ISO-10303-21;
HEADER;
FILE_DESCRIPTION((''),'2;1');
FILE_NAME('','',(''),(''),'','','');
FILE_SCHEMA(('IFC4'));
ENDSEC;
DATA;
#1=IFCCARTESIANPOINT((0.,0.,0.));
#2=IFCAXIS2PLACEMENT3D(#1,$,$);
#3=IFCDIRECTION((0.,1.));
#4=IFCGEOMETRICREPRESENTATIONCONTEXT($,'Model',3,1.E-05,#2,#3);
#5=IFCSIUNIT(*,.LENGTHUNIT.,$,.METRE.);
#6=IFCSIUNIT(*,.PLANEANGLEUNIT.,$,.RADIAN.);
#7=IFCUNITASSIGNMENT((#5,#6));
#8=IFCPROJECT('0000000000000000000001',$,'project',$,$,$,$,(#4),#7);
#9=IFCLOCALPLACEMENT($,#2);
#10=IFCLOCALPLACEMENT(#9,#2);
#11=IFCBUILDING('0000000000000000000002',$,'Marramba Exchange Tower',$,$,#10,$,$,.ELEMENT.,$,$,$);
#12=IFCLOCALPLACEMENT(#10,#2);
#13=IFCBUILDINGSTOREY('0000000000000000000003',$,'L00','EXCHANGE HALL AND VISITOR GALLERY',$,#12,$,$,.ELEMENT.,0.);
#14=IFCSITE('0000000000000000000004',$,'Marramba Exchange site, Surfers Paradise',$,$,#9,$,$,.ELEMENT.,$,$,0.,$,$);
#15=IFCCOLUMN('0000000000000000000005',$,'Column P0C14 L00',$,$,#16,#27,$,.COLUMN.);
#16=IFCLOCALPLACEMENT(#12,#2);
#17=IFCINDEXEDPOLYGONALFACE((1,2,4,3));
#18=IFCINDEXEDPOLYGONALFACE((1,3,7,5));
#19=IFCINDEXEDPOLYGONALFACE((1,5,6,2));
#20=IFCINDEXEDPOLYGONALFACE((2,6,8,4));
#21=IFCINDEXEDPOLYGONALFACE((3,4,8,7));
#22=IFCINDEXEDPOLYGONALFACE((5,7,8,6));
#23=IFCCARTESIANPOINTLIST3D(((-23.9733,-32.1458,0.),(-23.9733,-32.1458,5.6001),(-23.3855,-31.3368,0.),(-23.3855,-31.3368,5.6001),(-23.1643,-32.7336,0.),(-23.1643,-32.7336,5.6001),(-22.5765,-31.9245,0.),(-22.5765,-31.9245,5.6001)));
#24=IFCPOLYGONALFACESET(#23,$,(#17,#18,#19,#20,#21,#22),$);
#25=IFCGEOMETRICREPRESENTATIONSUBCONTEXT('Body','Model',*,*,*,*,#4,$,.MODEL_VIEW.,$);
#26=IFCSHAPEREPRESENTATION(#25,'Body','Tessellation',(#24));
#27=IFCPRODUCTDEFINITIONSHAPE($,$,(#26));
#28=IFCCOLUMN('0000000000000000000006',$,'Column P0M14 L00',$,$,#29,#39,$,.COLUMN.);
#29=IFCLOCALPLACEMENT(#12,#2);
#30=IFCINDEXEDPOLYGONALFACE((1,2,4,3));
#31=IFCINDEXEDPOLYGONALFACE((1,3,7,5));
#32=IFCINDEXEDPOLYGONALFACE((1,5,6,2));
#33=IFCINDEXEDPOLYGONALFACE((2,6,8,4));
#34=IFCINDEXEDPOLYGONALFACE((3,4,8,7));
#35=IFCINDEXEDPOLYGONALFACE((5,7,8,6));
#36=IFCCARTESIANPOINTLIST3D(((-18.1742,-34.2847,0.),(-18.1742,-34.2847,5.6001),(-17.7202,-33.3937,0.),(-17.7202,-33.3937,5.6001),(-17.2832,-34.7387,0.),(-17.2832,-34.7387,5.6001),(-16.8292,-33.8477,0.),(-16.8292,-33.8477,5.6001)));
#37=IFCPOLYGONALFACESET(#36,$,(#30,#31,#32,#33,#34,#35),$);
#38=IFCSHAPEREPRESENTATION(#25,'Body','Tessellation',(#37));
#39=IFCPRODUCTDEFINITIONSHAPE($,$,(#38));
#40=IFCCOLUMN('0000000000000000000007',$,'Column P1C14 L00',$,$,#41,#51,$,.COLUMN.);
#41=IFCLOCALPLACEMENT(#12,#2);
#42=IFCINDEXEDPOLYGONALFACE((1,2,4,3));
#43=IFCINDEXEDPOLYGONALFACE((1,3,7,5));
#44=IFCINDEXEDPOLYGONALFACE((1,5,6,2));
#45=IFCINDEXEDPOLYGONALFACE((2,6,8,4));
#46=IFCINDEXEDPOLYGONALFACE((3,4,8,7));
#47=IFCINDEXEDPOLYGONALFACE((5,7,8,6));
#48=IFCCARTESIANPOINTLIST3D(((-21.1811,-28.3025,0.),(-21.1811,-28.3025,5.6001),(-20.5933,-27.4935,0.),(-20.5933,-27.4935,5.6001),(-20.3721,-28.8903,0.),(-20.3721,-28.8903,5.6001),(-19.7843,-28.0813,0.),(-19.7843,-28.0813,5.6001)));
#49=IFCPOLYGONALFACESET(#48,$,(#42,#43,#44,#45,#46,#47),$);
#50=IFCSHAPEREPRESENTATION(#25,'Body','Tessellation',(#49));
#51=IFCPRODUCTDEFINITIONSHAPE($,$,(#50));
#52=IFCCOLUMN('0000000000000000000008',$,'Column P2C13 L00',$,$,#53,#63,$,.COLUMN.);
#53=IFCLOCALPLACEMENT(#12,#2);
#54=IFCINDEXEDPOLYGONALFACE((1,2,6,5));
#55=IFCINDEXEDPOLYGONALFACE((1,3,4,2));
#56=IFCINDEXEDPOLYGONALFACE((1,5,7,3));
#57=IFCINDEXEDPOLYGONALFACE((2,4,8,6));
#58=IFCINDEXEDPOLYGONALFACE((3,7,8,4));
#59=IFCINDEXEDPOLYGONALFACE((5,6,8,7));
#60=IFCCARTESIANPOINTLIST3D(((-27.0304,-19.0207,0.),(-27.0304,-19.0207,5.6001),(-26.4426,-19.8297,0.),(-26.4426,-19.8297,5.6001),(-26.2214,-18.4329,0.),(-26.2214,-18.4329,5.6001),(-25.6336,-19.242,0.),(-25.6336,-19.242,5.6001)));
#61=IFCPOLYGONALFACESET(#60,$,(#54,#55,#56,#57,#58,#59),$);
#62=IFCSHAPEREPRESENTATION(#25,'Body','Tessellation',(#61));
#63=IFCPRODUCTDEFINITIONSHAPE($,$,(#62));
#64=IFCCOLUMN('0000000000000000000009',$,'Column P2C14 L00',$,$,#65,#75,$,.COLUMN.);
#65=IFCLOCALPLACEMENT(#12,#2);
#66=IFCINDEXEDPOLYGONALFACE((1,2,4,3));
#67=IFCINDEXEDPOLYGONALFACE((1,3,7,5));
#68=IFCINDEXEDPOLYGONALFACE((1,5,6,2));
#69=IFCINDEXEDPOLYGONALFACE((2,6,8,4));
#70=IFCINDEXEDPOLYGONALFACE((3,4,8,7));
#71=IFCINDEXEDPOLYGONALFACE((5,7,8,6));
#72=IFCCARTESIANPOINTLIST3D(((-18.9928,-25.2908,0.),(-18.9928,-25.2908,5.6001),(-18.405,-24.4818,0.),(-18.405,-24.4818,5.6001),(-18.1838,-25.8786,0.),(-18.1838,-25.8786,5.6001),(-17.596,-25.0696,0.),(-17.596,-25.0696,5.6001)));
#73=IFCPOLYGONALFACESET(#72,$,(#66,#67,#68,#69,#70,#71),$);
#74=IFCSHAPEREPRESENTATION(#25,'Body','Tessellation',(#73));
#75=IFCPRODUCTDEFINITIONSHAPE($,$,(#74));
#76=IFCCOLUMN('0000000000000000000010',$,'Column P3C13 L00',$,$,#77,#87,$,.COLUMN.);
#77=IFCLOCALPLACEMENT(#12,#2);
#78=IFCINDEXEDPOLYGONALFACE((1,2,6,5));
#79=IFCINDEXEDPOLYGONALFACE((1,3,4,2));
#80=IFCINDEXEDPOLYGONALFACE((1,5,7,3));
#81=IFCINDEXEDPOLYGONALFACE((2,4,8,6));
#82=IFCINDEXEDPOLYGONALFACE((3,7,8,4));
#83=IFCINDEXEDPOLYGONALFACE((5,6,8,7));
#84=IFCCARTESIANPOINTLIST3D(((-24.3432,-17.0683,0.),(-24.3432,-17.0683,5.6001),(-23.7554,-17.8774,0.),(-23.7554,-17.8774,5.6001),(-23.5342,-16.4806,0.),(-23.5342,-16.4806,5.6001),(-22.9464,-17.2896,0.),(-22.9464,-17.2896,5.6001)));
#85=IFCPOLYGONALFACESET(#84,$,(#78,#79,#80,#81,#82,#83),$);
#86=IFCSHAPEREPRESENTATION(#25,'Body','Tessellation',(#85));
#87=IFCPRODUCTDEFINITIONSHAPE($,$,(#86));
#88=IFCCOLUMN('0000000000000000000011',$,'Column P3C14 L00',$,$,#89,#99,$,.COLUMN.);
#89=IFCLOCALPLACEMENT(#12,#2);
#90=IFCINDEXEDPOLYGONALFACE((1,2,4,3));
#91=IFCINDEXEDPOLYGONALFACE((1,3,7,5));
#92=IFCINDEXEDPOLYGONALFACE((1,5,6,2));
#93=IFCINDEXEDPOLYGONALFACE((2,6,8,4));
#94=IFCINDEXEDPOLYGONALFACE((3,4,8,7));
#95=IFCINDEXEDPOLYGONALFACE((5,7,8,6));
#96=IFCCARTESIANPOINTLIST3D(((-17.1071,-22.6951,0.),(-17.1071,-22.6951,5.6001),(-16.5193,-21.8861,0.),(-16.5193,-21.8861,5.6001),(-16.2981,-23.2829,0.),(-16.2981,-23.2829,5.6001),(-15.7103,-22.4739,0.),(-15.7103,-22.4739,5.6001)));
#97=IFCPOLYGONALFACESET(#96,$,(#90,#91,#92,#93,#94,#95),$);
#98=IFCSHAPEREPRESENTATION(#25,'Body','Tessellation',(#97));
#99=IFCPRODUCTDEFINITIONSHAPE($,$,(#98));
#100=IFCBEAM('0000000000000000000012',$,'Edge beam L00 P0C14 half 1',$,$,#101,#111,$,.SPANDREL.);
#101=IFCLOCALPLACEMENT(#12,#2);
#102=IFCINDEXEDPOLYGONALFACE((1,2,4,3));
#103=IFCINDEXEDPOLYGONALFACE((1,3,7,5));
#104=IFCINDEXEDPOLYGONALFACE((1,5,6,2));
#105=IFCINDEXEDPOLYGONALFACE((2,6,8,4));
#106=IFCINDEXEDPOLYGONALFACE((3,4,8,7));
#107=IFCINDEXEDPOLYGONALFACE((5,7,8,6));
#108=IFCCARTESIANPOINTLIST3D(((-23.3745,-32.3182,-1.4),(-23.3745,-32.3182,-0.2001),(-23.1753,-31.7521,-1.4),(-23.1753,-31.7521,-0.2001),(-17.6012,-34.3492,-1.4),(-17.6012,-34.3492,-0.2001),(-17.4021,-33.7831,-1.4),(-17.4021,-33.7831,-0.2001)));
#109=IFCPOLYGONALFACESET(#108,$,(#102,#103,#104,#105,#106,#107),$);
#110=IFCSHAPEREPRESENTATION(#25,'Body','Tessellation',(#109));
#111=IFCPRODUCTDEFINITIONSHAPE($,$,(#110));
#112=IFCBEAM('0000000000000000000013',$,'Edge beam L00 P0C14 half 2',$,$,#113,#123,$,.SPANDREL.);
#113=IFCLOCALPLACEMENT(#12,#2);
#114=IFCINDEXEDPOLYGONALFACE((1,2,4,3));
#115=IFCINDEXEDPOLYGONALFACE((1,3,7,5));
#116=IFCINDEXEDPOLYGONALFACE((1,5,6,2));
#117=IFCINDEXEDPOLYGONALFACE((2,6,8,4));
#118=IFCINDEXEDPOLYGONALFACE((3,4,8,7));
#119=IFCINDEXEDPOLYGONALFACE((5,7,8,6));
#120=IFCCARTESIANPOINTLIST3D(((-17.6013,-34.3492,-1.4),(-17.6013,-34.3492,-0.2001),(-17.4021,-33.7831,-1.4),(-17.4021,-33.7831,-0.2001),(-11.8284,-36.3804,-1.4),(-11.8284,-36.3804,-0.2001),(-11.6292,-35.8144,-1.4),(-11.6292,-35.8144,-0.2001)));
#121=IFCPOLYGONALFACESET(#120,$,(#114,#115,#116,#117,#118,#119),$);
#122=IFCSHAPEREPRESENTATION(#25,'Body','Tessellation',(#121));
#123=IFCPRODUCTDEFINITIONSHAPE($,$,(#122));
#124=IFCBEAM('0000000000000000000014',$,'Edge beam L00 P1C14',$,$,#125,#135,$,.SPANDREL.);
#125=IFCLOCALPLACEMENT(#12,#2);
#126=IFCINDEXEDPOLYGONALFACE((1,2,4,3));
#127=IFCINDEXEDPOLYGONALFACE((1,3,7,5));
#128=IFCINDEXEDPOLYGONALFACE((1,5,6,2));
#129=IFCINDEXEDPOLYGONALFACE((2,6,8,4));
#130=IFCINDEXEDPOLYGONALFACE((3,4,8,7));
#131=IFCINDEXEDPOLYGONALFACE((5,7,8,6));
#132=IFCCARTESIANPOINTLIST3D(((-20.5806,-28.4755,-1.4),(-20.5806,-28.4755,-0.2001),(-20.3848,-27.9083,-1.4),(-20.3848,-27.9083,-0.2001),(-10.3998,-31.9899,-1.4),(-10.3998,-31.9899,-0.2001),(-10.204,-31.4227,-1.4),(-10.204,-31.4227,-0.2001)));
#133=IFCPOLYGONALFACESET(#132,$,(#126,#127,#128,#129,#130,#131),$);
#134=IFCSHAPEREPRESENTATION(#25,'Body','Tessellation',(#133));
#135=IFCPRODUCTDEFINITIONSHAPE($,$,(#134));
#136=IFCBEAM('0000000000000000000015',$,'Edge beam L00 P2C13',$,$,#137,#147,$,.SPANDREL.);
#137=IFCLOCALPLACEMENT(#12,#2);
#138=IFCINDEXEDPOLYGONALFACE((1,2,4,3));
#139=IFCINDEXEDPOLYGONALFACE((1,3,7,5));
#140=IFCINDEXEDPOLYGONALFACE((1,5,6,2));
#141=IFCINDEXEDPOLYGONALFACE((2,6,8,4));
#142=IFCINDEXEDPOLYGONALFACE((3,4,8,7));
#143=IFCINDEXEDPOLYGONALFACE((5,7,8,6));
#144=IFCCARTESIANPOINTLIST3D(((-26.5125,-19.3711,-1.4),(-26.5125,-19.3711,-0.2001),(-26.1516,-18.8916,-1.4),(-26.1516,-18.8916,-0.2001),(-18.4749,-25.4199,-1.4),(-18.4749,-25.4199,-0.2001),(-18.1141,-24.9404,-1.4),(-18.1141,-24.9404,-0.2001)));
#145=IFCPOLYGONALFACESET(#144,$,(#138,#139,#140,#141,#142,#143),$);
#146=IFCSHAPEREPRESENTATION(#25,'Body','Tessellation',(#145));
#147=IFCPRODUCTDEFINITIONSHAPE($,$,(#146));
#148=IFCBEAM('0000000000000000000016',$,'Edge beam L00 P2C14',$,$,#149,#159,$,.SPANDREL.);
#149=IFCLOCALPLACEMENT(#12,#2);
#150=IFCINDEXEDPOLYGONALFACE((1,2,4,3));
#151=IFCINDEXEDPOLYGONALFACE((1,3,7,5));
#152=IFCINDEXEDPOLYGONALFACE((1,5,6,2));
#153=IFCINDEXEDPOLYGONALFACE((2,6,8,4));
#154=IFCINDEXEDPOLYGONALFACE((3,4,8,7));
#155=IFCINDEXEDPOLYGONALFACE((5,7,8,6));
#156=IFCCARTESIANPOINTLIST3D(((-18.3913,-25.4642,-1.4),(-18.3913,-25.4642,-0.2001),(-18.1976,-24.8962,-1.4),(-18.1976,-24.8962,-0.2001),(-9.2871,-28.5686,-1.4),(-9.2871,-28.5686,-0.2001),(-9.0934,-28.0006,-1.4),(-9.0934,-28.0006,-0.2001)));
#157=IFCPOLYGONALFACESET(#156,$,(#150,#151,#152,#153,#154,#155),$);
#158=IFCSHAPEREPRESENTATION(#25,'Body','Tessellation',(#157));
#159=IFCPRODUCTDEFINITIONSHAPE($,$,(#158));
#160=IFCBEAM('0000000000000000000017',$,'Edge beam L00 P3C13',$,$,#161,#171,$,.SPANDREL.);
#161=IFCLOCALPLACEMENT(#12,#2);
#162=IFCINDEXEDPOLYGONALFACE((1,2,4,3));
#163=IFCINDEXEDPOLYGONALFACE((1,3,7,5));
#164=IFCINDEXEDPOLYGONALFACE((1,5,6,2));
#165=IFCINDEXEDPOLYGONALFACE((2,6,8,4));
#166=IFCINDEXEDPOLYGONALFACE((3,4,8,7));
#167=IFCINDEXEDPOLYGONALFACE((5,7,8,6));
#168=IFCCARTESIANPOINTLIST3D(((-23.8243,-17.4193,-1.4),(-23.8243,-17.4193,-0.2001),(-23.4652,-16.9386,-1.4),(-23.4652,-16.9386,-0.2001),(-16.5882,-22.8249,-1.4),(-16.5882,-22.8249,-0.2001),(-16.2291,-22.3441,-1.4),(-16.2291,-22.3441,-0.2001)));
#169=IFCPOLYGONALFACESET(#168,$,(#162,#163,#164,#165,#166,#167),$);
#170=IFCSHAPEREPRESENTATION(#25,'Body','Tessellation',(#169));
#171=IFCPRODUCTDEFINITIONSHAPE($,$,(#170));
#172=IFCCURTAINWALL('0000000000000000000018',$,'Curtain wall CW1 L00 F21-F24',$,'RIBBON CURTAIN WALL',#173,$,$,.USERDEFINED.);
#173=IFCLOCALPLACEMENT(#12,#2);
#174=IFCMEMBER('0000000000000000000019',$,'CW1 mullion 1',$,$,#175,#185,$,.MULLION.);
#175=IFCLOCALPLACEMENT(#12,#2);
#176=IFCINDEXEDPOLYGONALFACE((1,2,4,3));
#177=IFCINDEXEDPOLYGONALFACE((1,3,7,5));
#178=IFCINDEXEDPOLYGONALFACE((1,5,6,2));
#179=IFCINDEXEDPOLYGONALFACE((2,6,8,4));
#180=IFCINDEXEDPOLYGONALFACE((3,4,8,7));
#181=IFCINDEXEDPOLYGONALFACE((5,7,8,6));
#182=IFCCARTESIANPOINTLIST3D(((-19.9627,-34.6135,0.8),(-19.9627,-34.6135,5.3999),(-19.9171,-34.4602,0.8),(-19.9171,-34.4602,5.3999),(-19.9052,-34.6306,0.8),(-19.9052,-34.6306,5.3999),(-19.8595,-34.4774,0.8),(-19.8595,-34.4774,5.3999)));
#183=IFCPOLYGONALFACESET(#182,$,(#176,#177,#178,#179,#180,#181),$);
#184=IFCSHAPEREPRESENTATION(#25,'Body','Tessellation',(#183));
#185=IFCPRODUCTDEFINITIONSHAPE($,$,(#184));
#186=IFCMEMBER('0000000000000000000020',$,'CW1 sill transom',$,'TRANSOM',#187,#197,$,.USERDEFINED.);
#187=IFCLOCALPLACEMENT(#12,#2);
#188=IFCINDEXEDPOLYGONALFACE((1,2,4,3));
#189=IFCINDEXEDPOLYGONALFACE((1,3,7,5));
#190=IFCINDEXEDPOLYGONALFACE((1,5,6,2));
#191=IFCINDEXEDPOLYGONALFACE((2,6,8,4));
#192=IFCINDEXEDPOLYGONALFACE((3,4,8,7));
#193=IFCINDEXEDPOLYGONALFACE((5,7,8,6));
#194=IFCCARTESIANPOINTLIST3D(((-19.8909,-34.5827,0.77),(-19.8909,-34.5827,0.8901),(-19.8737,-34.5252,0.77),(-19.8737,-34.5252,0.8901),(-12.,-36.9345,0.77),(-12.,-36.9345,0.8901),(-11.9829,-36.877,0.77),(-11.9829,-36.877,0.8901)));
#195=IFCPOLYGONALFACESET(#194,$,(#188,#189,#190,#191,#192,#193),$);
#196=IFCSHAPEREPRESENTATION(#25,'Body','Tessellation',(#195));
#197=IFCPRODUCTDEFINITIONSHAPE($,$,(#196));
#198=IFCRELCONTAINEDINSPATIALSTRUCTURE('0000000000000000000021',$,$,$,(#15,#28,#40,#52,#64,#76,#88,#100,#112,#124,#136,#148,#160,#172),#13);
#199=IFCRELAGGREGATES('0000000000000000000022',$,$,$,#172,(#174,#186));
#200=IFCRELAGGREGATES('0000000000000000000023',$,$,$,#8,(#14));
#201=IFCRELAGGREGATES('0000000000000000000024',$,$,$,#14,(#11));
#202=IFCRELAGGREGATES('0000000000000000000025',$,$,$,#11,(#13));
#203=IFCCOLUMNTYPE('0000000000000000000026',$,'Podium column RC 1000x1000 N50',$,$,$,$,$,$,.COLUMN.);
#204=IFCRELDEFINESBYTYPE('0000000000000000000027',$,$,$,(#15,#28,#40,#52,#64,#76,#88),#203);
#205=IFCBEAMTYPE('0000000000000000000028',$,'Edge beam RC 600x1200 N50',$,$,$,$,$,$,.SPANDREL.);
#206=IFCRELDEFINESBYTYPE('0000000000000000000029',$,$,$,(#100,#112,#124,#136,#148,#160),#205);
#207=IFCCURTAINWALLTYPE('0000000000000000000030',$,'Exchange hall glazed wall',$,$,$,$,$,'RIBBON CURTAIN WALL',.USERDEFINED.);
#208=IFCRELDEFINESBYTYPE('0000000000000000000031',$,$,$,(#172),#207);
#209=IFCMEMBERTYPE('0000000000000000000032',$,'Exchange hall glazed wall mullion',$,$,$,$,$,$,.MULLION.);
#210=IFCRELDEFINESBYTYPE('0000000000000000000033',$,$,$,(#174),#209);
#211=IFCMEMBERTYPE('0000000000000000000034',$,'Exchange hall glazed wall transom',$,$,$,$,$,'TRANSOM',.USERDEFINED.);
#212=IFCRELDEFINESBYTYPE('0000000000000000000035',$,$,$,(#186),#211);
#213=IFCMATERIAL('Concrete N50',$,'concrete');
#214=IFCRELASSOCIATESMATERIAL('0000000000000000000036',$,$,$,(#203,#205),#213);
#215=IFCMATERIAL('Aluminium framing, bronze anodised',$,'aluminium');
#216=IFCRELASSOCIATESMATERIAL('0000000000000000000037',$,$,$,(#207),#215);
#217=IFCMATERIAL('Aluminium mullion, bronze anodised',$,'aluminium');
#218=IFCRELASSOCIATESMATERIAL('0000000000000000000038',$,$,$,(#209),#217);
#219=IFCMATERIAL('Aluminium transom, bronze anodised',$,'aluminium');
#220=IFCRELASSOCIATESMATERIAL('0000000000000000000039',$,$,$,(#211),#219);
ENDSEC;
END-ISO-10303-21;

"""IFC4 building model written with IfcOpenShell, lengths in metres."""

from ifc_helpers import new_model, si_unit, direction, frame, origin, origin_2d, place, context, subcontext, project, spatial, rectangle, extrude, material, material_profile, profile_set, type_object, element, aggregate, save


model = new_model("IFC4")

# Units and contexts
model_context = context("Model", 3, precision=1e-05, world=origin(), true_north=direction((0.0, 1.0)))
body_context = subcontext(model_context, "Body", "Model", "MODEL_VIEW")
ifc_project = project(units=[si_unit("LENGTHUNIT", "METRE"), si_unit("PLANEANGLEUNIT", "RADIAN")], contexts=[model_context])

# Site, building, storey
site_placement = place(None, origin())
site = spatial("IfcSite", under=ifc_project, at=site_placement, Name="Marramba Exchange site, Surfers Paradise", CompositionType="ELEMENT", RefElevation=0.0)
building_placement = place(site_placement, origin())
building = spatial("IfcBuilding", under=site, at=building_placement, Name="Marramba Exchange Tower", CompositionType="ELEMENT")
storey_placement = place(building_placement, origin())
storey = spatial("IfcBuildingStorey", under=building, at=storey_placement, Name="L00", Description="EXCHANGE HALL AND VISITOR GALLERY", CompositionType="ELEMENT", Elevation=0.0)

# Columns
ifc_material_1 = material(Name="Concrete N50", Category="concrete")
ifc_material_profile_1 = material_profile(ifc_material_1, rectangle(XDim=1.0, YDim=1.0, at=origin_2d()), Name="RC 1000x1000")
ifc_profile_set_1 = profile_set([ifc_material_profile_1], Name="Concrete N50")
column_type = type_object("IfcColumnType", Name="Podium column RC 1000x1000 N50", PredefinedType="COLUMN", material=ifc_profile_set_1)
for number, where, z_axis, x_axis, name in (
    (1, (-23.2749, -32.0352, 0.0), (0.0, 0.0, 1.0), (-0.587785, -0.809017, 0.0), "Column P0C14 L00"),
    (2, (-17.5017, -34.0662, 0.0), (0.0, 0.0, 1.0), (-0.45399, -0.891007, 0.0), "Column P0M14 L00"),
    (3, (-20.4827, -28.1919, 0.0), (0.0, 0.0, 1.0), (-0.587785, -0.809017, 0.0), "Column P1C14 L00"),
    (4, (-26.332, -19.1313, 0.0), (0.0, 0.0, 1.0), (-0.809017, -0.587785, 0.0), "Column P2C13 L00"),
    (5, (-18.2944, -25.1802, 0.0), (0.0, 0.0, 1.0), (-0.587785, -0.809017, 0.0), "Column P2C14 L00"),
    (6, (-23.6448, -17.179, 0.0), (0.0, 0.0, 1.0), (-0.809017, -0.587785, 0.0), "Column P3C13 L00"),
    (7, (-16.4087, -22.5845, 0.0), (0.0, 0.0, 1.0), (-0.587785, -0.809017, 0.0), "Column P3C14 L00"),
):
    element("IfcColumn", number, at=place(storey_placement, frame(where, z_axis=z_axis, x_axis=x_axis)), inside=storey, type_object=column_type, Name=name, PredefinedType="COLUMN", context=body_context, shape_type="SweptSolid", body=[
        extrude(rectangle(XDim=1.0, YDim=1.0, at=origin_2d()), origin(), (0.0, 0.0, 1.0), 5.6001),
    ])

# Beams
ifc_material_profile_2 = material_profile(ifc_material_1, rectangle(XDim=0.6001, YDim=1.2, at=origin_2d()), Name="RC 600x1200")
ifc_profile_set_2 = profile_set([ifc_material_profile_2], Name="Concrete N50")
beam_type_1 = type_object("IfcBeamType", Name="Edge beam RC 600x1200 N50", PredefinedType="SPANDREL", material=ifc_profile_set_2)
beam_1_placement = place(storey_placement, frame((-23.2749, -32.0352, -0.8), z_axis=(0.943328, -0.331862, 0.0), x_axis=(0.331862, 0.943328, 0.0)))
element("IfcBeam", 8, at=beam_1_placement, inside=storey, type_object=beam_type_1, Name="Edge beam L00 P0C14 half 1", PredefinedType="SPANDREL", context=body_context, shape_type="SweptSolid", body=[
    extrude(rectangle(XDim=0.6001, YDim=1.2, at=origin_2d()), origin(), (0.0, 0.0, 1.0), 6.1201),
])
beam_2_placement = place(storey_placement, frame((-17.5017, -34.0662, -0.8), z_axis=(0.943311, -0.33191, 0.0), x_axis=(0.33191, 0.943311, 0.0)))
element("IfcBeam", 9, at=beam_2_placement, inside=storey, type_object=beam_type_1, Name="Edge beam L00 P0C14 half 2", PredefinedType="SPANDREL", context=body_context, shape_type="SweptSolid", body=[
    extrude(rectangle(XDim=0.6001, YDim=1.2, at=origin_2d()), origin(), (0.0, 0.0, 1.0), 6.1199),
])
beam_3_placement = place(storey_placement, frame((-20.4827, -28.1919, -0.8), z_axis=(0.945263, -0.326309, 0.0), x_axis=(0.326309, 0.945263, 0.0)))
element("IfcBeam", 10, at=beam_3_placement, inside=storey, type_object=beam_type_1, Name="Edge beam L00 P1C14", PredefinedType="SPANDREL", context=body_context, shape_type="SweptSolid", body=[
    extrude(rectangle(XDim=0.6001, YDim=1.2, at=origin_2d()), origin(), (0.0, 0.0, 1.0), 10.7703),
])
beam_4_placement = place(storey_placement, frame((-26.332, -19.1313, -0.8), z_axis=(0.799015, -0.601312, 0.0), x_axis=(0.601312, 0.799015, 0.0)))
element("IfcBeam", 11, at=beam_4_placement, inside=storey, type_object=beam_type_1, Name="Edge beam L00 P2C13", PredefinedType="SPANDREL", context=body_context, shape_type="SweptSolid", body=[
    extrude(rectangle(XDim=0.6001, YDim=1.2, at=origin_2d()), origin(), (0.0, 0.0, 1.0), 10.0593),
])
beam_5_placement = place(storey_placement, frame((-18.2944, -25.1802, -0.8), z_axis=(0.946486, -0.322746, 0.0), x_axis=(0.322746, 0.946486, 0.0)))
element("IfcBeam", 12, at=beam_5_placement, inside=storey, type_object=beam_type_1, Name="Edge beam L00 P2C14", PredefinedType="SPANDREL", context=body_context, shape_type="SweptSolid", body=[
    extrude(rectangle(XDim=0.6001, YDim=1.2, at=origin_2d()), origin(), (0.0, 0.0, 1.0), 9.6189),
])
beam_6_placement = place(storey_placement, frame((-23.6448, -17.179, -0.8), z_axis=(0.801144, -0.598472, 0.0), x_axis=(0.598472, 0.801144, 0.0)))
element("IfcBeam", 13, at=beam_6_placement, inside=storey, type_object=beam_type_1, Name="Edge beam L00 P3C13", PredefinedType="SPANDREL", context=body_context, shape_type="SweptSolid", body=[
    extrude(rectangle(XDim=0.6001, YDim=1.2, at=origin_2d()), origin(), (0.0, 0.0, 1.0), 9.0322),
])

# Curtain wall, members
ifc_material_2 = material(Name="Aluminium framing, bronze anodised", Category="aluminium")
curtain_wall_type = type_object("IfcCurtainWallType", Name="Exchange hall glazed wall", ElementType="RIBBON CURTAIN WALL", PredefinedType="USERDEFINED", material=ifc_material_2)
curtain_wall_placement = place(storey_placement, origin())
curtain_wall = element("IfcCurtainWall", 14, at=curtain_wall_placement, inside=storey, type_object=curtain_wall_type, Name="Curtain wall CW1 L00 F21-F24", ObjectType="RIBBON CURTAIN WALL", PredefinedType="USERDEFINED")
ifc_material_3 = material(Name="Aluminium mullion, bronze anodised", Category="aluminium")
ifc_material_profile_3 = material_profile(ifc_material_3, rectangle(XDim=0.1599, YDim=0.0601, at=origin_2d()), Name="CW1 mullion 60x160")
ifc_profile_set_3 = profile_set([ifc_material_profile_3], Name="Aluminium mullion, bronze anodised")
member_type_1 = type_object("IfcMemberType", Name="Exchange hall glazed wall mullion", PredefinedType="MULLION", material=ifc_profile_set_3)
member_1_placement = place(storey_placement, frame((-19.9111, -34.5454, 0.8), z_axis=(0.0, 0.0, 1.0), x_axis=(0.285621, 0.958343, 0.0)))
member_1 = element("IfcMember", 15, at=member_1_placement, type_object=member_type_1, Name="CW1 mullion 1", PredefinedType="MULLION", context=body_context, shape_type="SweptSolid", body=[
    extrude(rectangle(XDim=0.1599, YDim=0.0601, at=origin_2d()), origin(), (0.0, 0.0, 1.0), 4.5999),
])
ifc_material_4 = material(Name="Aluminium transom, bronze anodised", Category="aluminium")
ifc_material_profile_4 = material_profile(ifc_material_4, rectangle(XDim=0.0601, YDim=0.1201, at=origin_2d()), Name="CW1 transom 60x120")
ifc_profile_set_4 = profile_set([ifc_material_profile_4], Name="Aluminium transom, bronze anodised")
member_type_2 = type_object("IfcMemberType", Name="Exchange hall glazed wall transom", ElementType="TRANSOM", PredefinedType="USERDEFINED", material=ifc_profile_set_4)
member_2_placement = place(storey_placement, frame((-19.8823, -34.554, 0.8301), z_axis=(0.958341, -0.285626, 0.0), x_axis=(0.285626, 0.958341, 0.0)))
member_2 = element("IfcMember", 16, at=member_2_placement, type_object=member_type_2, Name="CW1 sill transom", ObjectType="TRANSOM", PredefinedType="USERDEFINED", context=body_context, shape_type="SweptSolid", body=[
    extrude(rectangle(XDim=0.0601, YDim=0.1201, at=origin_2d()), origin(), (0.0, 0.0, 1.0), 8.2339),
])
aggregate(curtain_wall, [member_1, member_2])

save(model, "model.ifc")
